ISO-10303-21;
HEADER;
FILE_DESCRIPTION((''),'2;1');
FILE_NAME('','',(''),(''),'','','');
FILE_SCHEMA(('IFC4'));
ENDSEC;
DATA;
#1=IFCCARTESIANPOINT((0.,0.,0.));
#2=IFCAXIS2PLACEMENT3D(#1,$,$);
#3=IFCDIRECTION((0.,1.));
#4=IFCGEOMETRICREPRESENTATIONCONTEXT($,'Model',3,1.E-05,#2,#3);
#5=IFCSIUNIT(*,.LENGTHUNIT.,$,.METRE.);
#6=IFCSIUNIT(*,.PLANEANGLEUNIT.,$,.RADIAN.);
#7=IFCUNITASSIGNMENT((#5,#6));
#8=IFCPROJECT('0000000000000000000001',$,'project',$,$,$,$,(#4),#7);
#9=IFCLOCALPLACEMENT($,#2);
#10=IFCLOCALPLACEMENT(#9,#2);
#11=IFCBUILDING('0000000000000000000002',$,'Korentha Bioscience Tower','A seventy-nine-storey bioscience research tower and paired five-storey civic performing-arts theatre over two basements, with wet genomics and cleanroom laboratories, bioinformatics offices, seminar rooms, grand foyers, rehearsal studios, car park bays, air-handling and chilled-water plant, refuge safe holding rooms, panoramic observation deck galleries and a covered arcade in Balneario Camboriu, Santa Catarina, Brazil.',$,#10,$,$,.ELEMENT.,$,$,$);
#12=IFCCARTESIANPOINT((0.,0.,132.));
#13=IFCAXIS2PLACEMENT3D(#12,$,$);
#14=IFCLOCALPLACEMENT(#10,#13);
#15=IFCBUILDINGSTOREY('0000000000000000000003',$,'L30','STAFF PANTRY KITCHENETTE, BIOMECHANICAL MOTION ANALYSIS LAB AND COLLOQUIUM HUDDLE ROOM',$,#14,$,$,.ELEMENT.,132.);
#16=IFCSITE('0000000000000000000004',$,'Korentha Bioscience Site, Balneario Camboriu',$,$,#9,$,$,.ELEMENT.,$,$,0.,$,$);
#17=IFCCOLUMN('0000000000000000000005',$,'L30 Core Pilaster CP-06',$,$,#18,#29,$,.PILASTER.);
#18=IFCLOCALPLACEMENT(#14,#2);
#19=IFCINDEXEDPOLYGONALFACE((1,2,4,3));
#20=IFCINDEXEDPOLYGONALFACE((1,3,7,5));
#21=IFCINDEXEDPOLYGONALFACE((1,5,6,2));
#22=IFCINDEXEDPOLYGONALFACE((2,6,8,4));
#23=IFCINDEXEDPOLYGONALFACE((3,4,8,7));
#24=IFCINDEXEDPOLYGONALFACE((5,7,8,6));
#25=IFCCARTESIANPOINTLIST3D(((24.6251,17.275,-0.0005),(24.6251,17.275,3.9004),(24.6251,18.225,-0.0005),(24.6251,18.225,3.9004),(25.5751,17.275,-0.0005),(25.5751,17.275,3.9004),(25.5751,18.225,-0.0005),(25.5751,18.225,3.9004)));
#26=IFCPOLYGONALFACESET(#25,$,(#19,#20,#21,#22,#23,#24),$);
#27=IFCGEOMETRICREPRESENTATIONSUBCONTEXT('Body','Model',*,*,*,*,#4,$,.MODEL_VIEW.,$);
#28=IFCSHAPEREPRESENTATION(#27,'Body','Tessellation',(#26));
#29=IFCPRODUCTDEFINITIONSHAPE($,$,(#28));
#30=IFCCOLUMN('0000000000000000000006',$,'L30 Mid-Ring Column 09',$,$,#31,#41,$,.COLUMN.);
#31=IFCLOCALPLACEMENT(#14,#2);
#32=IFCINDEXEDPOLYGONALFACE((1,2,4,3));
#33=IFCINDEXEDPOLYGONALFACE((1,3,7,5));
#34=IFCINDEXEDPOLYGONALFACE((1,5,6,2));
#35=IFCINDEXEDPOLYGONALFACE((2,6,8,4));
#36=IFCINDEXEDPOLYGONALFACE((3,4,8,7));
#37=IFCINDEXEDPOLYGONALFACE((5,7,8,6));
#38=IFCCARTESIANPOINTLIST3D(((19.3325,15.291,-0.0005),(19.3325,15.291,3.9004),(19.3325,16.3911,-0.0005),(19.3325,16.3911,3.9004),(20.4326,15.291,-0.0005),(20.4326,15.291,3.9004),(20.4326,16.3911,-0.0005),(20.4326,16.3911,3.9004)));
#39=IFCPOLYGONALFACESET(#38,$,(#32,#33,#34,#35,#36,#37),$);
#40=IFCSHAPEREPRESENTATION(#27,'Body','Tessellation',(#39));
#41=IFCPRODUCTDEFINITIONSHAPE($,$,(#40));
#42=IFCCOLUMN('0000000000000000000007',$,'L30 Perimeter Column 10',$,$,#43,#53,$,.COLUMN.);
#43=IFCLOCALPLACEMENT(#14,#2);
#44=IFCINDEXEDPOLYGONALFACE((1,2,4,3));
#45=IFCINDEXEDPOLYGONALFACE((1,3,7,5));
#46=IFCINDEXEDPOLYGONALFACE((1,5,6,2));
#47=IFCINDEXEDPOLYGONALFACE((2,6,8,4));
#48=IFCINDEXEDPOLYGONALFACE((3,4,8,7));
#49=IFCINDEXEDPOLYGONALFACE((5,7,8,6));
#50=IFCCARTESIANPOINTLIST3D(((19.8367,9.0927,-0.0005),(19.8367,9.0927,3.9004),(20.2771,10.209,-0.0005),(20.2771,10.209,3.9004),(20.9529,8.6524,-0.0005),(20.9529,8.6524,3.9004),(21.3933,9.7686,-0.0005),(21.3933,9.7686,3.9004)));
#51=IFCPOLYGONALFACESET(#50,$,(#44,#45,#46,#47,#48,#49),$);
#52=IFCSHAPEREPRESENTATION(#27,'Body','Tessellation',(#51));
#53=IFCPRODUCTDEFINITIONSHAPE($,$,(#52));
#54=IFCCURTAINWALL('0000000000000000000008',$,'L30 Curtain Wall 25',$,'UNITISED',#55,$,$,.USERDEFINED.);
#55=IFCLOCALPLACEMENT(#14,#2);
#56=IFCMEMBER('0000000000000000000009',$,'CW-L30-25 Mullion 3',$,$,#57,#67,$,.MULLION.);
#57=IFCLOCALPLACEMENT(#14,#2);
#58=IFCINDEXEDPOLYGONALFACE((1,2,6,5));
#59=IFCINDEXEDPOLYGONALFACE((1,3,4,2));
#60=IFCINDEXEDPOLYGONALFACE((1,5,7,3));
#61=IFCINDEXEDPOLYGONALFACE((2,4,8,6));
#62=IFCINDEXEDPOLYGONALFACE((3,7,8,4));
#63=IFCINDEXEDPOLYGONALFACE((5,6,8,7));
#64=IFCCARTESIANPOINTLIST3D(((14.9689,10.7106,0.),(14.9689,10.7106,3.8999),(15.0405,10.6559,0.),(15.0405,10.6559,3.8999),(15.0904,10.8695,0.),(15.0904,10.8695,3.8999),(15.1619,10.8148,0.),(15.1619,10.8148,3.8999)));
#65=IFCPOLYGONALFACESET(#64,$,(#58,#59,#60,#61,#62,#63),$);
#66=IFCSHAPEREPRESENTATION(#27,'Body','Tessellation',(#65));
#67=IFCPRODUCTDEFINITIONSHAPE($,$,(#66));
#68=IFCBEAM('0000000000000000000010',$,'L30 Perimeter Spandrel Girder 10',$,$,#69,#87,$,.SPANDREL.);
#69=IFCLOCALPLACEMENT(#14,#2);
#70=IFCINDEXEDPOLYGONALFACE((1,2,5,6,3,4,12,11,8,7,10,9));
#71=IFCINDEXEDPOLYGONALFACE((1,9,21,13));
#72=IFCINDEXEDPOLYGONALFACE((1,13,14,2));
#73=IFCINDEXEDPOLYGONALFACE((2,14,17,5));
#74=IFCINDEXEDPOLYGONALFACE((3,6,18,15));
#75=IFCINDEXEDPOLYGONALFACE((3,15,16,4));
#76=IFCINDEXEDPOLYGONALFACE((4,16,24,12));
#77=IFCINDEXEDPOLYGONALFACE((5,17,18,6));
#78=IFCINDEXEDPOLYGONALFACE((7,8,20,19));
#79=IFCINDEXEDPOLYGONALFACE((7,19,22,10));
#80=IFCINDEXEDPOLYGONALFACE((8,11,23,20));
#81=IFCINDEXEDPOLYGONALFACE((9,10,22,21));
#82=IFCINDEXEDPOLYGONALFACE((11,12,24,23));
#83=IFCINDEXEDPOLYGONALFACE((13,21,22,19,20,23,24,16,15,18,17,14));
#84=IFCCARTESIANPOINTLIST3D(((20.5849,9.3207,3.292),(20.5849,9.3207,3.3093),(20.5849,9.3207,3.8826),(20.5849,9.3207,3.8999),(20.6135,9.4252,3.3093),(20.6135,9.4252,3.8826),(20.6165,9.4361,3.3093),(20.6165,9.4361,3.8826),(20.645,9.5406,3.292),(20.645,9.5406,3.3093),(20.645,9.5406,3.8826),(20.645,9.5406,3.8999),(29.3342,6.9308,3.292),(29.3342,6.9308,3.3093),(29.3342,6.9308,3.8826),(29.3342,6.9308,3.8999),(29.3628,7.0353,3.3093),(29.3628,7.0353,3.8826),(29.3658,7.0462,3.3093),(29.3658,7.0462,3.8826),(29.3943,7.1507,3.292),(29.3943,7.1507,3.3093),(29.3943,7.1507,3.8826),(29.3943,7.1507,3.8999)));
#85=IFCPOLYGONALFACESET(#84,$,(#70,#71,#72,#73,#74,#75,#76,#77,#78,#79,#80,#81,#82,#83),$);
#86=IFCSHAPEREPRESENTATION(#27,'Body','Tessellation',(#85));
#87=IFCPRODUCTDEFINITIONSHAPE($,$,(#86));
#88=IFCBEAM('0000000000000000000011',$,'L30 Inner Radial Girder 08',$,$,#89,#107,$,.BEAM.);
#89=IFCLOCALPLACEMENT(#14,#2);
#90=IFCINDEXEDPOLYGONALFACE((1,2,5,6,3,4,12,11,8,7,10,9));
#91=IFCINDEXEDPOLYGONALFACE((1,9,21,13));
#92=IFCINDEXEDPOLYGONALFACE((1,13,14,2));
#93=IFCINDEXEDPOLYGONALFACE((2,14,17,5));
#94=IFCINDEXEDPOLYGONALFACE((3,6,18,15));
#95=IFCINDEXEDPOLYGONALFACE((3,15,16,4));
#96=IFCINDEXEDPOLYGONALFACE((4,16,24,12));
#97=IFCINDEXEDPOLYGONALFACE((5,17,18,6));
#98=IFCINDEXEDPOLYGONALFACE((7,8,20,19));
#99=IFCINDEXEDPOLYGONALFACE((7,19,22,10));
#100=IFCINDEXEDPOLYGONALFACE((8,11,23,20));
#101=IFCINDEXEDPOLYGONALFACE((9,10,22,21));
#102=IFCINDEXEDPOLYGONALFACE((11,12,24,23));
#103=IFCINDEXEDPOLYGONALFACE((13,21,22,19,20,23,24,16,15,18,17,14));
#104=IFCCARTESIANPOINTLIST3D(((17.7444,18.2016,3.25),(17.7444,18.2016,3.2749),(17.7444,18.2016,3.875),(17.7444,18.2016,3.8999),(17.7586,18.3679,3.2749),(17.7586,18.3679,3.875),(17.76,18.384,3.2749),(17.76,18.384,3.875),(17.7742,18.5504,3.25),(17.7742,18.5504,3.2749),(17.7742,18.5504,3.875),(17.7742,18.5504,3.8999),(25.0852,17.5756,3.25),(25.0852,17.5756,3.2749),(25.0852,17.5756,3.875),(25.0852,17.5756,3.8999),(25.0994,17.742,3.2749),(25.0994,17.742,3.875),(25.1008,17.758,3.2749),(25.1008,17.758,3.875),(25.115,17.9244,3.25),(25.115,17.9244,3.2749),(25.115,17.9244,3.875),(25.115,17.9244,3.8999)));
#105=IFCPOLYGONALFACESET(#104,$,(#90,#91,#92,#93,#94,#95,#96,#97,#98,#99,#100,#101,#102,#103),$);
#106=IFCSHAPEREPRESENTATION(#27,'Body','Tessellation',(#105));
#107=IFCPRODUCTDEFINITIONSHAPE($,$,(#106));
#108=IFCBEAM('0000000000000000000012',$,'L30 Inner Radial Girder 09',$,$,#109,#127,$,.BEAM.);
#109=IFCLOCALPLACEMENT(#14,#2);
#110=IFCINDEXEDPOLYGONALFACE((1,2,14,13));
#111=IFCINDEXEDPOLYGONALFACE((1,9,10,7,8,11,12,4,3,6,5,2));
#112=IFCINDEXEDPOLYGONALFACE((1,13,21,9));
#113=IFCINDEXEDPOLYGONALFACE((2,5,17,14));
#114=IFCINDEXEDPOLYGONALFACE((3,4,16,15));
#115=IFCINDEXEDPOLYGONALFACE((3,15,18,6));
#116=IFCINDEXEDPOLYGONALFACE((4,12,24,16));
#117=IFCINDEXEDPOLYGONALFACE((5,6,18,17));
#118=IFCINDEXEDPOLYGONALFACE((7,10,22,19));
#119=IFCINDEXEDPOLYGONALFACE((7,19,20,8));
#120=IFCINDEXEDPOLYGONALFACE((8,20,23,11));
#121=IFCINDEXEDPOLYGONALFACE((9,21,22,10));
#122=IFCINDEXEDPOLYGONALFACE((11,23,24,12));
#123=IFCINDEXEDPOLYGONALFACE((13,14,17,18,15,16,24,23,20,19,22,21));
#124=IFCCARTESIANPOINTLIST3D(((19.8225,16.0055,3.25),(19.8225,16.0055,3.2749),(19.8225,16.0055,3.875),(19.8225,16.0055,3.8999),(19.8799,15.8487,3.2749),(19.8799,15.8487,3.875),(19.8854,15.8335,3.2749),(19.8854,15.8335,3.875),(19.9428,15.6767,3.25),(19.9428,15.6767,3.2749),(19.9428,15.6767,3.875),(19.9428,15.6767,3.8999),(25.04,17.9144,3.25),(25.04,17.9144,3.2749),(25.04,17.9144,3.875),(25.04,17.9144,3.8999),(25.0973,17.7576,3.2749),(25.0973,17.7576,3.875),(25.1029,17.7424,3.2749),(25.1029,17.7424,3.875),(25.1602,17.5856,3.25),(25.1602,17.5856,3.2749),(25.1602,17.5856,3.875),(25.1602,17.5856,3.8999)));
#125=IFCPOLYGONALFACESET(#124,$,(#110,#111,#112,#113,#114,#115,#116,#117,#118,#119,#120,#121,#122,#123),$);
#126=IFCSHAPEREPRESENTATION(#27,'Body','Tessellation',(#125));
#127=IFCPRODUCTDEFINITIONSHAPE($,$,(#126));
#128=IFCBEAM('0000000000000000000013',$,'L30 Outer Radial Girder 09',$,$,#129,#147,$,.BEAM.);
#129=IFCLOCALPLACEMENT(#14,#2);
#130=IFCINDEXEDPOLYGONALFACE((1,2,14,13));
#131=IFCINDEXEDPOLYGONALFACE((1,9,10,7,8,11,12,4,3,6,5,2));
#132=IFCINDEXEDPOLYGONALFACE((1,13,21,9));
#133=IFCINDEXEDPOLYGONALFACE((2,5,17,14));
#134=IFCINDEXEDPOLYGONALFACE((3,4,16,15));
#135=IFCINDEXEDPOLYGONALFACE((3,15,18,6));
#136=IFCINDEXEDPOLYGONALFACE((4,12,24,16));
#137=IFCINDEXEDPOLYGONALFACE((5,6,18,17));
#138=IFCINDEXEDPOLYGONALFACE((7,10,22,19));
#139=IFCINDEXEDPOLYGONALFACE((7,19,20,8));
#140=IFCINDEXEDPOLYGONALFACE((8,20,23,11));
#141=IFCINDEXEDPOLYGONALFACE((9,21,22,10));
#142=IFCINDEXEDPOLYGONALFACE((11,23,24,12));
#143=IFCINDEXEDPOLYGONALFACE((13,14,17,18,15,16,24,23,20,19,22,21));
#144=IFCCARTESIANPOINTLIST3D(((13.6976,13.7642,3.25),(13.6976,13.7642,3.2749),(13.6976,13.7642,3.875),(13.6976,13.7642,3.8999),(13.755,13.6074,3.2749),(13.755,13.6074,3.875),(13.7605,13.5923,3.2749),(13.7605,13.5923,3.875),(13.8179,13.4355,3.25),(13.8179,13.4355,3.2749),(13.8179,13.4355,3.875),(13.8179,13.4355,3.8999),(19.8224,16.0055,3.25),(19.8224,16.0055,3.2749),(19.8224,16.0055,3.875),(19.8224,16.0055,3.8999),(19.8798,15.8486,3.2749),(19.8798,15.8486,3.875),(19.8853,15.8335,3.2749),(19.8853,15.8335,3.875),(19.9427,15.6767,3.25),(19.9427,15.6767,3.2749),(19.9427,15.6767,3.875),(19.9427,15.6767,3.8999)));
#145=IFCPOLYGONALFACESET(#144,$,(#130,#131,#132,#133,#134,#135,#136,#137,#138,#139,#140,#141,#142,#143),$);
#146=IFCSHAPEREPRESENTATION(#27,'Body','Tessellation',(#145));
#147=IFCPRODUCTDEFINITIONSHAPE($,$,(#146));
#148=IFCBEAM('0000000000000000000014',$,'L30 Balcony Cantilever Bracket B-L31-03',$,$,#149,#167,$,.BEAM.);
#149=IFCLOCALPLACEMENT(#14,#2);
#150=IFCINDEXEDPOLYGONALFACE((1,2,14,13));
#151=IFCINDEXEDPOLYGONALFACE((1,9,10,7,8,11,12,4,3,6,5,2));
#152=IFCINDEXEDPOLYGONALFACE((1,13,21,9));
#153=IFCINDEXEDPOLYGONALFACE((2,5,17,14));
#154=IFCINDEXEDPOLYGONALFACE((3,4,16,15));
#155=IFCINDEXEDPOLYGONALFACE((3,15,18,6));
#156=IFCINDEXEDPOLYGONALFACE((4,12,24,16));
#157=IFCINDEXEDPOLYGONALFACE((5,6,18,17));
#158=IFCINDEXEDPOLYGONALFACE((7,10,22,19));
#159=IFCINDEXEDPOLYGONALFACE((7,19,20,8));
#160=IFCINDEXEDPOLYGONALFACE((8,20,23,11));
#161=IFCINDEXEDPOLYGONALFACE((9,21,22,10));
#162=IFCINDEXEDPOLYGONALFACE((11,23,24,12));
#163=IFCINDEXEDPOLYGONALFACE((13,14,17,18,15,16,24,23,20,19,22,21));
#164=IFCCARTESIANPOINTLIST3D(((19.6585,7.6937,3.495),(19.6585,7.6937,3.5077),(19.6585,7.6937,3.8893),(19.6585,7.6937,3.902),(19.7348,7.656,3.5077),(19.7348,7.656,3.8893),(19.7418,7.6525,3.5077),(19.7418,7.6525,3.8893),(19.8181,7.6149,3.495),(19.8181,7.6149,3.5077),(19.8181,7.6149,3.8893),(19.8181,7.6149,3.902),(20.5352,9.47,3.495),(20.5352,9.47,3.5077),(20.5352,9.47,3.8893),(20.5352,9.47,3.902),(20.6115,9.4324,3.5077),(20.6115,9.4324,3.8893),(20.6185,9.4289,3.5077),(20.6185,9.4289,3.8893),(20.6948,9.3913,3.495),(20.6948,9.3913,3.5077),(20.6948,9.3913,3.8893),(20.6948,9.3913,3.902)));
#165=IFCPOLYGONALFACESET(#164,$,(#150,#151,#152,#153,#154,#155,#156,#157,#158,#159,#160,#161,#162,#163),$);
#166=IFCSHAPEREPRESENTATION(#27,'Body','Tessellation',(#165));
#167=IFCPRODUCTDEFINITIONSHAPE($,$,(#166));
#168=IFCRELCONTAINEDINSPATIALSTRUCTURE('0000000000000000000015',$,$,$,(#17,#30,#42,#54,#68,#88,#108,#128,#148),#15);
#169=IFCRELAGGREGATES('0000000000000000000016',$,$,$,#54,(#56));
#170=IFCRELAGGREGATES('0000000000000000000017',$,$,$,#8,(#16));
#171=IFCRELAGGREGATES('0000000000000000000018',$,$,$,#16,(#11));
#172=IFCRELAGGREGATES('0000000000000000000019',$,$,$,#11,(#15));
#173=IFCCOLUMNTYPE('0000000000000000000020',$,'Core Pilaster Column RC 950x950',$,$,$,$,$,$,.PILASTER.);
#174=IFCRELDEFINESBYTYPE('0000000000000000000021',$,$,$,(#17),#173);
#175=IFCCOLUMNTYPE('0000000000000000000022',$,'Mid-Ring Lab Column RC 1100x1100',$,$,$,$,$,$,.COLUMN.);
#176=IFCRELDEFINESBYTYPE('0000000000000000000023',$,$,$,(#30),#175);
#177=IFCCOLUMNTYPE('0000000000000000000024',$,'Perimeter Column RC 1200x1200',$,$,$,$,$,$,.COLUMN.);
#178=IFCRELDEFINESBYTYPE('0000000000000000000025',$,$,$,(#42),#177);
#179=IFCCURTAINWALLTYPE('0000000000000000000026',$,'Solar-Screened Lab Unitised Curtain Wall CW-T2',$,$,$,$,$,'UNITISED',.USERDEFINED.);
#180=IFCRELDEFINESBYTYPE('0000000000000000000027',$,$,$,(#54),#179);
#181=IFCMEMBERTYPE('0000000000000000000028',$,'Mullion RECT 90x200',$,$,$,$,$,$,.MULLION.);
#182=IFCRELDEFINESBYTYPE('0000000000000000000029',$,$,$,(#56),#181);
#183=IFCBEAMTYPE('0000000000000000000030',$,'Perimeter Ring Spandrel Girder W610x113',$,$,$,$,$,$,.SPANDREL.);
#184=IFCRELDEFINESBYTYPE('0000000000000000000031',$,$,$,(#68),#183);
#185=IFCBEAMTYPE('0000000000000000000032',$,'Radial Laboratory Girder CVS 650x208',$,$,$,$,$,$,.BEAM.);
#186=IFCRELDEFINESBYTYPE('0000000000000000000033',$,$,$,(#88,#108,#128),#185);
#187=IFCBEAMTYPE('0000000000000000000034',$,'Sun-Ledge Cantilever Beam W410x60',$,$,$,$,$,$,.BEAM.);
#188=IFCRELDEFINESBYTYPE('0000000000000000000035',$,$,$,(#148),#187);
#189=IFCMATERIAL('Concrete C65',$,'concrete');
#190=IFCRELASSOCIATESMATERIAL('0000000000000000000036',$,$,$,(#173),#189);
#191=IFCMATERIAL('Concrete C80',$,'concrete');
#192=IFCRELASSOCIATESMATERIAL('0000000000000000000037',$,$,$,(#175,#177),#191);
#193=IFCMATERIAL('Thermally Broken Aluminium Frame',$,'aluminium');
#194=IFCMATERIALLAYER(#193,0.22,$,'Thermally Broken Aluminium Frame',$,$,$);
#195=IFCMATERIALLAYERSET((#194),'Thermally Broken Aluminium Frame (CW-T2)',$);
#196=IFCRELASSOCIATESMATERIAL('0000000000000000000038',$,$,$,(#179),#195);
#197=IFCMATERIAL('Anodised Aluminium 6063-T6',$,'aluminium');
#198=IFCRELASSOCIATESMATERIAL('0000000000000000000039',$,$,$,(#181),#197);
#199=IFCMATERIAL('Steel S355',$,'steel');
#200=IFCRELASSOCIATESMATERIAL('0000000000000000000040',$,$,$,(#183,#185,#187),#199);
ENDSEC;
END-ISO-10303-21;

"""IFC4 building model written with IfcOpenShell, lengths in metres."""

from ifc_helpers import new_model, si_unit, direction, frame, origin, origin_2d, place, context, subcontext, project, spatial, rectangle, i_section, extrude, material, layer, layer_set, material_profile, profile_set, type_object, element, aggregate, save


model = new_model("IFC4")

# Units and contexts
model_context = context("Model", 3, precision=1e-05, world=origin(), true_north=direction((0.0, 1.0)))
body_context = subcontext(model_context, "Body", "Model", "MODEL_VIEW")
ifc_project = project(units=[si_unit("LENGTHUNIT", "METRE"), si_unit("PLANEANGLEUNIT", "RADIAN")], contexts=[model_context])

# Site, building, storey
site_placement = place(None, origin())
site = spatial("IfcSite", under=ifc_project, at=site_placement, Name="Korentha Bioscience Site, Balneario Camboriu", CompositionType="ELEMENT", RefElevation=0.0)
building_placement = place(site_placement, origin())
building = spatial("IfcBuilding", under=site, at=building_placement, Name="Korentha Bioscience Tower", Description="A seventy-nine-storey bioscience research tower and paired five-storey civic performing-arts theatre over two basements, with wet genomics and cleanroom laboratories, bioinformatics offices, seminar rooms, grand foyers, rehearsal studios, car park bays, air-handling and chilled-water plant, refuge safe holding rooms, panoramic observation deck galleries and a covered arcade in Balneario Camboriu, Santa Catarina, Brazil.", CompositionType="ELEMENT")
storey_placement = place(building_placement, frame((0.0, 0.0, 132.0)))
storey = spatial("IfcBuildingStorey", under=building, at=storey_placement, Name="L30", Description="STAFF PANTRY KITCHENETTE, BIOMECHANICAL MOTION ANALYSIS LAB AND COLLOQUIUM HUDDLE ROOM", CompositionType="ELEMENT", Elevation=132.0)

# Columns
ifc_material_1 = material(Name="Concrete C65", Category="concrete")
ifc_material_profile_1 = material_profile(ifc_material_1, rectangle(XDim=0.95, YDim=0.95, at=origin_2d()), Name="Concrete C65")
ifc_profile_set_1 = profile_set([ifc_material_profile_1], Name="Concrete C65 (COL-CP09)")
column_type_1 = type_object("IfcColumnType", Name="Core Pilaster Column RC 950x950", PredefinedType="PILASTER", material=ifc_profile_set_1)
column_1_placement = place(storey_placement, frame((25.1001, 17.75, -0.0005), z_axis=(0.0, 0.0, 1.0), x_axis=(1.0, 0.0, 0.0)))
element("IfcColumn", 1, at=column_1_placement, inside=storey, type_object=column_type_1, Name="L30 Core Pilaster CP-06", PredefinedType="PILASTER", context=body_context, shape_type="SweptSolid", body=[
    extrude(rectangle(XDim=0.95, YDim=0.95, at=origin_2d()), origin(), (0.0, 0.0, 1.0), 3.9009),
])
ifc_material_2 = material(Name="Concrete C80", Category="concrete")
ifc_material_profile_2 = material_profile(ifc_material_2, rectangle(XDim=1.1001, YDim=1.1001, at=origin_2d()), Name="Concrete C80")
ifc_profile_set_2 = profile_set([ifc_material_profile_2], Name="Concrete C80 (COL-MR11)")
column_type_2 = type_object("IfcColumnType", Name="Mid-Ring Lab Column RC 1100x1100", PredefinedType="COLUMN", material=ifc_profile_set_2)
column_2_placement = place(storey_placement, frame((19.8826, 15.8411, -0.0005), z_axis=(0.0, 0.0, 1.0), x_axis=(1.0, 0.0, 0.0)))
element("IfcColumn", 2, at=column_2_placement, inside=storey, type_object=column_type_2, Name="L30 Mid-Ring Column 09", PredefinedType="COLUMN", context=body_context, shape_type="SweptSolid", body=[
    extrude(rectangle(XDim=1.1001, YDim=1.1001, at=origin_2d()), origin(), (0.0, 0.0, 1.0), 3.9009),
])
ifc_material_profile_3 = material_profile(ifc_material_2, rectangle(XDim=1.2, YDim=1.2, at=origin_2d()), Name="Concrete C80")
ifc_profile_set_3 = profile_set([ifc_material_profile_3], Name="Concrete C80 (COL-P12)")
column_type_3 = type_object("IfcColumnType", Name="Perimeter Column RC 1200x1200", PredefinedType="COLUMN", material=ifc_profile_set_3)
column_3_placement = place(storey_placement, frame((20.615, 9.4307, -0.0005), z_axis=(0.0, 0.0, 1.0), x_axis=(-0.930226, 0.366988, 0.0)))
element("IfcColumn", 3, at=column_3_placement, inside=storey, type_object=column_type_3, Name="L30 Perimeter Column 10", PredefinedType="COLUMN", context=body_context, shape_type="SweptSolid", body=[
    extrude(rectangle(XDim=1.2, YDim=1.2, at=origin_2d()), origin(), (0.0, 0.0, 1.0), 3.9009),
])

# Curtain wall, member
ifc_material_3 = material(Name="Thermally Broken Aluminium Frame", Category="aluminium")
ifc_layer_1 = layer(ifc_material_3, 0.22, Name="Thermally Broken Aluminium Frame")
ifc_layer_set_1 = layer_set([ifc_layer_1], Name="Thermally Broken Aluminium Frame (CW-T2)")
curtain_wall_type = type_object("IfcCurtainWallType", Name="Solar-Screened Lab Unitised Curtain Wall CW-T2", ElementType="UNITISED", PredefinedType="USERDEFINED", material=ifc_layer_set_1)
curtain_wall_placement = place(storey_placement, origin())
curtain_wall = element("IfcCurtainWall", 4, at=curtain_wall_placement, inside=storey, type_object=curtain_wall_type, Name="L30 Curtain Wall 25", ObjectType="UNITISED", PredefinedType="USERDEFINED")
ifc_material_4 = material(Name="Anodised Aluminium 6063-T6", Category="aluminium")
ifc_material_profile_4 = material_profile(ifc_material_4, rectangle(XDim=0.0901, YDim=0.2, at=origin_2d()), Name="Anodised Aluminium 6063-T6")
ifc_profile_set_4 = profile_set([ifc_material_profile_4], Name="Anodised Aluminium 6063-T6 (CW-MUL)")
member_type_1 = type_object("IfcMemberType", Name="Mullion RECT 90x200", PredefinedType="MULLION", material=ifc_profile_set_4)
member_1_placement = place(storey_placement, frame((15.0654, 10.7627, 0.0), z_axis=(0.0, 0.0, 1.0), x_axis=(0.7945, -0.607265, 0.0)))
member_1 = element("IfcMember", 5, at=member_1_placement, type_object=member_type_1, Name="CW-L30-25 Mullion 3", PredefinedType="MULLION", context=body_context, shape_type="SweptSolid", body=[
    extrude(rectangle(XDim=0.0901, YDim=0.2, at=origin_2d()), origin(), (0.0, 0.0, 1.0), 3.8999),
])

# Beams
ifc_material_5 = material(Name="Steel S355", Category="steel")
ifc_material_profile_5 = material_profile(ifc_material_5, i_section(OverallWidth=0.228, OverallDepth=0.6079, WebThickness=0.0112, FlangeThickness=0.0173, at=origin_2d()), Name="Steel S355")
ifc_profile_set_5 = profile_set([ifc_material_profile_5], Name="Steel S355 (SB-610)")
beam_type_1 = type_object("IfcBeamType", Name="Perimeter Ring Spandrel Girder W610x113", PredefinedType="SPANDREL", material=ifc_profile_set_5)
beam_1_placement = place(storey_placement, frame((20.615, 9.4307, 3.5959), z_axis=(0.964659, -0.2635, 0.0), x_axis=(0.2635, 0.964659, 0.0)))
element("IfcBeam", 6, at=beam_1_placement, inside=storey, type_object=beam_type_1, Name="L30 Perimeter Spandrel Girder 10", PredefinedType="SPANDREL", context=body_context, shape_type="SweptSolid", body=[
    extrude(i_section(OverallWidth=0.228, OverallDepth=0.6079, WebThickness=0.0112, FlangeThickness=0.0173, at=origin_2d()), origin(), (0.0, 0.0, 1.0), 9.0698),
])
ifc_material_profile_6 = material_profile(ifc_material_5, i_section(OverallWidth=0.3501, OverallDepth=0.6499, WebThickness=0.0161, FlangeThickness=0.0249, at=origin_2d()), Name="Steel S355")
ifc_profile_set_6 = profile_set([ifc_material_profile_6], Name="Steel S355 (RB-650)")
beam_type_2 = type_object("IfcBeamType", Name="Radial Laboratory Girder CVS 650x208", PredefinedType="BEAM", material=ifc_profile_set_6)
beam_2_placement = place(storey_placement, frame((25.1001, 17.75, 3.575), z_axis=(-0.996384, 0.084965, 0.0), x_axis=(-0.084965, -0.996384, 0.0)))
element("IfcBeam", 7, at=beam_2_placement, inside=storey, type_object=beam_type_2, Name="L30 Inner Radial Girder 08", PredefinedType="BEAM", context=body_context, shape_type="SweptSolid", body=[
    extrude(i_section(OverallWidth=0.3501, OverallDepth=0.6499, WebThickness=0.0161, FlangeThickness=0.0249, at=origin_2d()), origin(), (0.0, 0.0, 1.0), 7.3674),
])
beam_3_placement = place(storey_placement, frame((25.1001, 17.75, 3.575), z_axis=(-0.939118, -0.343595, 0.0), x_axis=(0.343595, -0.939118, 0.0)))
element("IfcBeam", 8, at=beam_3_placement, inside=storey, type_object=beam_type_2, Name="L30 Inner Radial Girder 09", PredefinedType="BEAM", context=body_context, shape_type="SweptSolid", body=[
    extrude(i_section(OverallWidth=0.3501, OverallDepth=0.6499, WebThickness=0.0161, FlangeThickness=0.0249, at=origin_2d()), origin(), (0.0, 0.0, 1.0), 5.5557),
])
beam_4_placement = place(storey_placement, frame((19.8826, 15.8411, 3.575), z_axis=(-0.939101, -0.343642, 0.0), x_axis=(0.343642, -0.939101, 0.0)))
element("IfcBeam", 9, at=beam_4_placement, inside=storey, type_object=beam_type_2, Name="L30 Outer Radial Girder 09", PredefinedType="BEAM", context=body_context, shape_type="SweptSolid", body=[
    extrude(i_section(OverallWidth=0.3501, OverallDepth=0.6499, WebThickness=0.0161, FlangeThickness=0.0249, at=origin_2d()), origin(), (0.0, 0.0, 1.0), 6.522),
])
ifc_material_profile_7 = material_profile(ifc_material_5, i_section(OverallWidth=0.178, OverallDepth=0.407, WebThickness=0.0078, FlangeThickness=0.0127, at=origin_2d()), Name="Steel S355")
ifc_profile_set_7 = profile_set([ifc_material_profile_7], Name="Steel S355 (CB-410)")
beam_type_3 = type_object("IfcBeamType", Name="Sun-Ledge Cantilever Beam W410x60", PredefinedType="BEAM", material=ifc_profile_set_7)
beam_5_placement = place(storey_placement, frame((20.615, 9.4307, 3.6985), z_axis=(-0.442574, -0.896732, 0.0), x_axis=(0.896732, -0.442574, 0.0)))
element("IfcBeam", 10, at=beam_5_placement, inside=storey, type_object=beam_type_3, Name="L30 Balcony Cantilever Bracket B-L31-03", PredefinedType="BEAM", context=body_context, shape_type="SweptSolid", body=[
    extrude(i_section(OverallWidth=0.178, OverallDepth=0.407, WebThickness=0.0078, FlangeThickness=0.0127, at=origin_2d()), origin(), (0.0, 0.0, 1.0), 1.981),
])

aggregate(curtain_wall, [member_1])

save(model, "model.ifc")
